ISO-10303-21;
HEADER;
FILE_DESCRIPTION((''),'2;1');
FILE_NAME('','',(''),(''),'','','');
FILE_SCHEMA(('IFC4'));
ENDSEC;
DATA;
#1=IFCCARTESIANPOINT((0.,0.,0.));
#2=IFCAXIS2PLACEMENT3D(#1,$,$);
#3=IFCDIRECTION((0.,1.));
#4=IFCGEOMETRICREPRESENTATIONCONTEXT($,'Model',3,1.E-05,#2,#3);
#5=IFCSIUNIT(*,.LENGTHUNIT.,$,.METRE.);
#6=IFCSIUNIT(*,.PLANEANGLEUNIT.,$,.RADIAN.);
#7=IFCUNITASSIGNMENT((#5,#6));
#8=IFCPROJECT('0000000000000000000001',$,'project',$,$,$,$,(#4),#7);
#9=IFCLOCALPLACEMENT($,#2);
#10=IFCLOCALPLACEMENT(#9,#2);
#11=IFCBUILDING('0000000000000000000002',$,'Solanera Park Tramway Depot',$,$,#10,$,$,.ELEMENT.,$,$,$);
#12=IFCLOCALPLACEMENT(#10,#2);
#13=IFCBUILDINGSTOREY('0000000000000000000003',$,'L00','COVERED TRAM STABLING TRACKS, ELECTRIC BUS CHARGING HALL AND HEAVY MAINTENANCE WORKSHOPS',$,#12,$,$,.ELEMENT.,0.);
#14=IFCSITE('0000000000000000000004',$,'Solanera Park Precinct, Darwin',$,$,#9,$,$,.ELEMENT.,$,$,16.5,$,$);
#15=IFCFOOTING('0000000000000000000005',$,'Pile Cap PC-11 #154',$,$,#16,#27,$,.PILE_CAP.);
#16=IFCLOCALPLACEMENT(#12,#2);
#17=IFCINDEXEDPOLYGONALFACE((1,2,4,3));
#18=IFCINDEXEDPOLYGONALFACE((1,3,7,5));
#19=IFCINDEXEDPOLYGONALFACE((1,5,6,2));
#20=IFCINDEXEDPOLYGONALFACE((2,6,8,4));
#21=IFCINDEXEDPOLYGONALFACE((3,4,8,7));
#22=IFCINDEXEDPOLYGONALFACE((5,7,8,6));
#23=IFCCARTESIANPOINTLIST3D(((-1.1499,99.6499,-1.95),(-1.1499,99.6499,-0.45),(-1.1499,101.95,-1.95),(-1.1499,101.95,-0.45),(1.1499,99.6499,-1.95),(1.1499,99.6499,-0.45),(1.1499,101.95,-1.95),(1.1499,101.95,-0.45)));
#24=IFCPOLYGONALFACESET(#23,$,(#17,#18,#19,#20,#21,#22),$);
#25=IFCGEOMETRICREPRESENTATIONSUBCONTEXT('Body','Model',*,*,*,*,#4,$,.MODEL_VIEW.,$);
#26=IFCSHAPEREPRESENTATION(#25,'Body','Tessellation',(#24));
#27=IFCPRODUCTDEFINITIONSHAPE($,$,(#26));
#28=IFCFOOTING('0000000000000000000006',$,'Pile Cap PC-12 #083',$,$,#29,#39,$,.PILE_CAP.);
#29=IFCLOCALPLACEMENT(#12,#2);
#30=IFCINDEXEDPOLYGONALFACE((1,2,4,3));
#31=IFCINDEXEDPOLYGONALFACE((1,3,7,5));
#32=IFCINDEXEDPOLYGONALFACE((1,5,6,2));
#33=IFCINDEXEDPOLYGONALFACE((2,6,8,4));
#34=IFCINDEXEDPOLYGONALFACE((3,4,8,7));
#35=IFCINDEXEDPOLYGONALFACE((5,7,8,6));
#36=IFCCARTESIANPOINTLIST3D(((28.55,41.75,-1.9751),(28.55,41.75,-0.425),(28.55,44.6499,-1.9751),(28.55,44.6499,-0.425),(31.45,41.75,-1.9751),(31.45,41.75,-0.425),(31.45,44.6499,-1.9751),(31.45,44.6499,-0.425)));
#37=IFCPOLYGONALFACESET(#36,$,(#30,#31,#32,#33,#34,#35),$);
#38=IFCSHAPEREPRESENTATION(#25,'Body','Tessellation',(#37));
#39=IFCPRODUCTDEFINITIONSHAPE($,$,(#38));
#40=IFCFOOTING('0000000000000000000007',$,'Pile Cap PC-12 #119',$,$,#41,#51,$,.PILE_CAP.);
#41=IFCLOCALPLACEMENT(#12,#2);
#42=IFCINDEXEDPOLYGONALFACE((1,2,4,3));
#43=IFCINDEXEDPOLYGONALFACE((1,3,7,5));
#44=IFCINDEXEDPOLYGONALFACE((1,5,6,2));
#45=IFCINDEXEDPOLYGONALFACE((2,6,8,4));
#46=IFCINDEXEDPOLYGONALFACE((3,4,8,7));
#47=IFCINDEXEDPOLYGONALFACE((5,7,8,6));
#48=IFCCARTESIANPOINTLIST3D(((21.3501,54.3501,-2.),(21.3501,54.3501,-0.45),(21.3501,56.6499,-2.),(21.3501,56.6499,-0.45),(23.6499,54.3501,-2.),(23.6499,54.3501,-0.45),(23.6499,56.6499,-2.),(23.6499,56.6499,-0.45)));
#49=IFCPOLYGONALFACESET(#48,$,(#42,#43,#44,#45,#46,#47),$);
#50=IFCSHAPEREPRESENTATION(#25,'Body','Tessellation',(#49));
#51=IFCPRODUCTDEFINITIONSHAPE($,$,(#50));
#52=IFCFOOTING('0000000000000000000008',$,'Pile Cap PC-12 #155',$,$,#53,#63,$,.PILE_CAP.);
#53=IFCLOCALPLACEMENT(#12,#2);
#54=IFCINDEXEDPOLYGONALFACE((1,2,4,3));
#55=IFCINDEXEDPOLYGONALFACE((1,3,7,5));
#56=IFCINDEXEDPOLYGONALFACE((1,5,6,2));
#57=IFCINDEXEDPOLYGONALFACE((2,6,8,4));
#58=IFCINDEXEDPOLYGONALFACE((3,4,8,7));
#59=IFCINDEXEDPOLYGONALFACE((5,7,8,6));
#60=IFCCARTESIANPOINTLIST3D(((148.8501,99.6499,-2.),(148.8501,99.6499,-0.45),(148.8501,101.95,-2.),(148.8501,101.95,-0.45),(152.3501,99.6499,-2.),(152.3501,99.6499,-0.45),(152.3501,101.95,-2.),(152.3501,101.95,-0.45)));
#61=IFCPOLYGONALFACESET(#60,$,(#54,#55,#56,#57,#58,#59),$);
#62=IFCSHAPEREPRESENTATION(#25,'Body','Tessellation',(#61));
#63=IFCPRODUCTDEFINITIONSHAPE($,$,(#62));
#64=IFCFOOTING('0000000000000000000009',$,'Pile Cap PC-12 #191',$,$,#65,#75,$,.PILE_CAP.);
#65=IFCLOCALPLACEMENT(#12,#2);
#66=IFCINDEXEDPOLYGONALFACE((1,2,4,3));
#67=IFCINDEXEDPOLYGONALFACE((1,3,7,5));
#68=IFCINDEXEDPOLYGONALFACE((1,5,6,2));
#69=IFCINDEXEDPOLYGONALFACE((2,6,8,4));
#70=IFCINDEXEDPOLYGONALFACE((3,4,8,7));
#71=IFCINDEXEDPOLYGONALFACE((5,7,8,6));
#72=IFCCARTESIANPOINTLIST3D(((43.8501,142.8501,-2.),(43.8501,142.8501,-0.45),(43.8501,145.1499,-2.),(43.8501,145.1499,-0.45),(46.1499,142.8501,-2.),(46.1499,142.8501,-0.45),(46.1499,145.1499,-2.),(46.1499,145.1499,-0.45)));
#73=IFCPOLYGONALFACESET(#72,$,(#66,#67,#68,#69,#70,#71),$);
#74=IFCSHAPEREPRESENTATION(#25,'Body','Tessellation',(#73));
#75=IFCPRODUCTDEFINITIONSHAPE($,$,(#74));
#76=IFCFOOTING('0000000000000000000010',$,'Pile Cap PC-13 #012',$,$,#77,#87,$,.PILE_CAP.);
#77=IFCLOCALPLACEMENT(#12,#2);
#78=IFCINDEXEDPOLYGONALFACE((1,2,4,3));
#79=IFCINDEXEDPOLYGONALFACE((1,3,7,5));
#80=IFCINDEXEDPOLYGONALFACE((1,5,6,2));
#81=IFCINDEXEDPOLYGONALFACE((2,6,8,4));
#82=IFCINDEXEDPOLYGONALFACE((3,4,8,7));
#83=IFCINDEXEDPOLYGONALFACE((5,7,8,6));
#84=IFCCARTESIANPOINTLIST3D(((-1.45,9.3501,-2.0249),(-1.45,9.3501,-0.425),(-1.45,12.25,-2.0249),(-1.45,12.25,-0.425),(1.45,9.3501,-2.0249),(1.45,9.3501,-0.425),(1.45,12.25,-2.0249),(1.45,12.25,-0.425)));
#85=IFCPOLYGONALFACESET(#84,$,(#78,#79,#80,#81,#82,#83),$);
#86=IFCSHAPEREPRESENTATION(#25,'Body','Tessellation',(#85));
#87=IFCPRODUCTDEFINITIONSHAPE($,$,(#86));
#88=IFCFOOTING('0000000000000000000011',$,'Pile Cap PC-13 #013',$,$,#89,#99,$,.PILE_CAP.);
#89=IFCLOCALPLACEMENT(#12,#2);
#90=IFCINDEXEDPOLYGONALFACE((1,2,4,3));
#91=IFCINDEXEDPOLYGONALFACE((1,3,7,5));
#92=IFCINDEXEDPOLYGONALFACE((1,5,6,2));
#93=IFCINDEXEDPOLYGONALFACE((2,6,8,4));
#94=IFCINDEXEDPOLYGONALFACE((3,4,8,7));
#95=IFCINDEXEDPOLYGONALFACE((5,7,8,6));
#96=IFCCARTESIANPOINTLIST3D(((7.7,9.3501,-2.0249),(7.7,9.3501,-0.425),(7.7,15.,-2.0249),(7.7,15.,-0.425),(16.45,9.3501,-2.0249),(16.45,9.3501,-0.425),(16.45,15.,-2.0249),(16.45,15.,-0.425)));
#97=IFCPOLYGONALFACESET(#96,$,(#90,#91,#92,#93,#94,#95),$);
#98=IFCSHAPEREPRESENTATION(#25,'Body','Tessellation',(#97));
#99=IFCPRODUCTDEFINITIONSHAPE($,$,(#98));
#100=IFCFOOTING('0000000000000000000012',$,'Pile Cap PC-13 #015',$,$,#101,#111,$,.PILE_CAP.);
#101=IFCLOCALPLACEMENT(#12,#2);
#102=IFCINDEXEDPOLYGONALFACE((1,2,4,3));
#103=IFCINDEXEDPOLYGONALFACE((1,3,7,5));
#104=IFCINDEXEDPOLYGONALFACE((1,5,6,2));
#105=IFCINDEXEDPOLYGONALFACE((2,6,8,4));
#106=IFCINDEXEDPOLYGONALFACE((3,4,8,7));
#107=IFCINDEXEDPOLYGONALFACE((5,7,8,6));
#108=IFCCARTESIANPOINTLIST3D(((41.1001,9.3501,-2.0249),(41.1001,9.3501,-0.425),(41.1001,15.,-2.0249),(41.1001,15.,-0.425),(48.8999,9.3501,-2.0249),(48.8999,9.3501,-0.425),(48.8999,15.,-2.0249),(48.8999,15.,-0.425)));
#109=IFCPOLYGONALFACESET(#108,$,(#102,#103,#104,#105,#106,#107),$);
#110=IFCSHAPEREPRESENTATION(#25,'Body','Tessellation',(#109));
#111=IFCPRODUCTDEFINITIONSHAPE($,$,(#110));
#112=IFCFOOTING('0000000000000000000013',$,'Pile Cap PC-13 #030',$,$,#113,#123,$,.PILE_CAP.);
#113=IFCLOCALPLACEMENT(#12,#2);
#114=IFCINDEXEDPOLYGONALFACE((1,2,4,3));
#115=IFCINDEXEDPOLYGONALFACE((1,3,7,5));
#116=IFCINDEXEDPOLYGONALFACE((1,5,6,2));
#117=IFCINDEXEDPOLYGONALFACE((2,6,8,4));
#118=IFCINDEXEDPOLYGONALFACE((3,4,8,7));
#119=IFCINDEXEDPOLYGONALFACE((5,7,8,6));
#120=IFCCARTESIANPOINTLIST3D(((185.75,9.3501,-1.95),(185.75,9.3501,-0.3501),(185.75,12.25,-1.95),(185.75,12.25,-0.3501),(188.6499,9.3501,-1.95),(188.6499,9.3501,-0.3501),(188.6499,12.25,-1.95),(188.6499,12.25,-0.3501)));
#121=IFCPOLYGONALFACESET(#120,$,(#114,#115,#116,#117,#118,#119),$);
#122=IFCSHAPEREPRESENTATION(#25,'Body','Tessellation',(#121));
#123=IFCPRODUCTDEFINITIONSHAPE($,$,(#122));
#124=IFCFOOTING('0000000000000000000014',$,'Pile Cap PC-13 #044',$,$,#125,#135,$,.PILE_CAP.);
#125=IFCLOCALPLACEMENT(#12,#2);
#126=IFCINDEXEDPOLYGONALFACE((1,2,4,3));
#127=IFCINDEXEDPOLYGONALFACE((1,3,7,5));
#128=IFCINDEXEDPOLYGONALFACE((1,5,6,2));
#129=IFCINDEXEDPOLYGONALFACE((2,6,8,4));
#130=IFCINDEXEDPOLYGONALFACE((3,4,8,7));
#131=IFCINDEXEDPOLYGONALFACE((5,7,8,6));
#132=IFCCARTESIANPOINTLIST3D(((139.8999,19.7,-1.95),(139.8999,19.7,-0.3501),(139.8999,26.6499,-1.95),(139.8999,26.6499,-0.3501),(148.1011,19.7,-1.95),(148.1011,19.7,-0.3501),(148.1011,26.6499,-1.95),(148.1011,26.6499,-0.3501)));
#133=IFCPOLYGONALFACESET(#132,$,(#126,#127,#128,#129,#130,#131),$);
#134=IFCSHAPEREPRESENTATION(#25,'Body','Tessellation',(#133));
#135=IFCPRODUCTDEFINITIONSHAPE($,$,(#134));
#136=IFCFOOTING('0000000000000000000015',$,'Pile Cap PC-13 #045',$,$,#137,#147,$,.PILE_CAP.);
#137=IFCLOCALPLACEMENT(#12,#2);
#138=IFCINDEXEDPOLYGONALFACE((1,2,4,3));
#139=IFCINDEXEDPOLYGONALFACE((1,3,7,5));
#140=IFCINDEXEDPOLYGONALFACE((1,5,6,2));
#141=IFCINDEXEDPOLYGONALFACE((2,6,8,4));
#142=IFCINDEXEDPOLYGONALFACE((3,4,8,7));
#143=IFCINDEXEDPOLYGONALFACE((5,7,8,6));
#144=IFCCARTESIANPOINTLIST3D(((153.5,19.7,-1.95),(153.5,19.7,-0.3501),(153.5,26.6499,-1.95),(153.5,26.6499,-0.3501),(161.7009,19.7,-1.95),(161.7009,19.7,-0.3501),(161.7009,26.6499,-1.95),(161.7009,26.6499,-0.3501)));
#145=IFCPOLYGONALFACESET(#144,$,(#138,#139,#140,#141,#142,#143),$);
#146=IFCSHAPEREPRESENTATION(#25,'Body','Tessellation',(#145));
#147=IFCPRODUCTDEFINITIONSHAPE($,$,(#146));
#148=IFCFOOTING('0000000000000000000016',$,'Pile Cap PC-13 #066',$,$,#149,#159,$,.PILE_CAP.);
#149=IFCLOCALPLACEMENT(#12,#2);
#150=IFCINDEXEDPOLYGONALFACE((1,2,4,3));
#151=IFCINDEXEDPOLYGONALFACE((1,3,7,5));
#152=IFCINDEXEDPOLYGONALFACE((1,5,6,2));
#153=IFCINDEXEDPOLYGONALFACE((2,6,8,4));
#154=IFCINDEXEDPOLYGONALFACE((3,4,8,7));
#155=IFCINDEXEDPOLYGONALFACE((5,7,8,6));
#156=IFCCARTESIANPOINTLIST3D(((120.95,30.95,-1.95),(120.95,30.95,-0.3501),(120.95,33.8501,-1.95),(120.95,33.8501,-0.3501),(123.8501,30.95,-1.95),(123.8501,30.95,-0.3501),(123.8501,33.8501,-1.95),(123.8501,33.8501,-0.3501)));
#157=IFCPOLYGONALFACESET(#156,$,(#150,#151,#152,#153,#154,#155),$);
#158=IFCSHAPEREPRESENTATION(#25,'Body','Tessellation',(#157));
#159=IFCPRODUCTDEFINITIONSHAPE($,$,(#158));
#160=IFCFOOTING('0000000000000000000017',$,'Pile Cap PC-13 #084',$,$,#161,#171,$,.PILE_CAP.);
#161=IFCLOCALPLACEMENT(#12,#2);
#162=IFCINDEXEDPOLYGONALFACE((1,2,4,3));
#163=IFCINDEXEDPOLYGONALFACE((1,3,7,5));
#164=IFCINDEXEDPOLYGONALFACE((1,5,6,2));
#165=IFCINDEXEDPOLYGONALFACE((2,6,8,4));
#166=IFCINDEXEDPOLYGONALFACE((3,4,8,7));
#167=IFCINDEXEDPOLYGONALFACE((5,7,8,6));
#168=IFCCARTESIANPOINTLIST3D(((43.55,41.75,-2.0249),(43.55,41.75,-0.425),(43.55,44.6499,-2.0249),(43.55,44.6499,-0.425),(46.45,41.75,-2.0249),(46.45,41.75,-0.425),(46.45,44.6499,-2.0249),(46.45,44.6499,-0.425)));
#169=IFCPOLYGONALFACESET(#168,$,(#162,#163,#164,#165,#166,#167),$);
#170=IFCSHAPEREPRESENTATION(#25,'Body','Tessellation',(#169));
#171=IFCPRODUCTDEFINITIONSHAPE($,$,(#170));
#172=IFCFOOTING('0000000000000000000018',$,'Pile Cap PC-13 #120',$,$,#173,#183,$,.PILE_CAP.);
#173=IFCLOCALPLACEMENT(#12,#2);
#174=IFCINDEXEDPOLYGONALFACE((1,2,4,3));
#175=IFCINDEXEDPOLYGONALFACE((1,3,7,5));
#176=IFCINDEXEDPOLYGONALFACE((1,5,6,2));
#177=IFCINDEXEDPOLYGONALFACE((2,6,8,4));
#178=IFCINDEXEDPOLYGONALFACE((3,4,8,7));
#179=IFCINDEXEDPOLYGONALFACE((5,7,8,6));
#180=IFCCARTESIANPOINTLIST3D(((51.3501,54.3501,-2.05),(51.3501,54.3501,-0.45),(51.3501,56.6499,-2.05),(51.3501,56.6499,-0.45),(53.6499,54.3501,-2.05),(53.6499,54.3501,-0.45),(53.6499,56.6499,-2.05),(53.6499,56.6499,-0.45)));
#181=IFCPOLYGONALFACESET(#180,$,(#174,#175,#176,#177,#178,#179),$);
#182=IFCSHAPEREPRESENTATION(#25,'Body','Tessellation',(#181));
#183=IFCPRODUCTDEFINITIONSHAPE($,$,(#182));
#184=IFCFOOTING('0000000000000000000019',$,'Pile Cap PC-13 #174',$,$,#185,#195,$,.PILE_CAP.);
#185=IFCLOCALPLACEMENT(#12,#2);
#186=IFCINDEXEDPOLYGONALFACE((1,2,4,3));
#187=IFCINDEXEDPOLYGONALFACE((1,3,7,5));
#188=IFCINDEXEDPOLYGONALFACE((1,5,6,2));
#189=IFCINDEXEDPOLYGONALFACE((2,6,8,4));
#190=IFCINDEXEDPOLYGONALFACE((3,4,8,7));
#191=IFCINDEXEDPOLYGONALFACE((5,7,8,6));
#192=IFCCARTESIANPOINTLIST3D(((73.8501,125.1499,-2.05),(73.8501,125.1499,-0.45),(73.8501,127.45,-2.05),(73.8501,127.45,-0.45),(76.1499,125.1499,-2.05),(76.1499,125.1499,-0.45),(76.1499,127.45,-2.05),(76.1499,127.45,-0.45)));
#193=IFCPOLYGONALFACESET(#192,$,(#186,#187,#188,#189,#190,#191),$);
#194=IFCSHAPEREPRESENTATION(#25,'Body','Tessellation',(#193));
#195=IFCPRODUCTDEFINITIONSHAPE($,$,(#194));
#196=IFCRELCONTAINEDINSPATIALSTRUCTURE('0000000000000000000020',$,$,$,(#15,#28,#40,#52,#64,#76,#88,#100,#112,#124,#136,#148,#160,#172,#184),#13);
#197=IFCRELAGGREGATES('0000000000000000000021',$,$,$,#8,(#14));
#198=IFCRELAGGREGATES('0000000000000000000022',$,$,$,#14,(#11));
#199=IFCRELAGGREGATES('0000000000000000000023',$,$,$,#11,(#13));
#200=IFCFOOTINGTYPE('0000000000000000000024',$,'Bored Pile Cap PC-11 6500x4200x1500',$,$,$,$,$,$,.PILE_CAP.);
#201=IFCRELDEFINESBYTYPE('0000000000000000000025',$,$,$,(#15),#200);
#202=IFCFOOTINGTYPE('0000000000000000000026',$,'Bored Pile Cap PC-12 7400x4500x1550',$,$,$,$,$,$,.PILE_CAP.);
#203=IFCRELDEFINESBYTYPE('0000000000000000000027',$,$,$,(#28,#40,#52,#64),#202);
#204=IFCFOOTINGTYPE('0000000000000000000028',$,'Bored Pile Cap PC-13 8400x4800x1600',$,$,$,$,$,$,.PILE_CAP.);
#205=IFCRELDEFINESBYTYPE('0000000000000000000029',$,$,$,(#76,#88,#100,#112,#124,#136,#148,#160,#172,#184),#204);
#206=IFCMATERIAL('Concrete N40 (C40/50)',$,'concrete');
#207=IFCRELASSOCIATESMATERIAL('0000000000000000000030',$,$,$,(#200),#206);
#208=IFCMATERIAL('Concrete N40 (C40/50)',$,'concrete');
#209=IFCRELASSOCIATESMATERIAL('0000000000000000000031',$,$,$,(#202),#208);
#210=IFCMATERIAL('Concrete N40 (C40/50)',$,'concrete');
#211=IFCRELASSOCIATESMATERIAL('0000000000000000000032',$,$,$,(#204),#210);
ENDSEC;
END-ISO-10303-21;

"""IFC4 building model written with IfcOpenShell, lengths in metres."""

from ifc_helpers import new_model, si_unit, direction, frame, origin, place, context, subcontext, project, spatial, polyline, outline, extrude, material, type_object, element, save


model = new_model("IFC4")

# Units and contexts
model_context = context("Model", 3, precision=1e-05, world=origin(), true_north=direction((0.0, 1.0)))
body_context = subcontext(model_context, "Body", "Model", "MODEL_VIEW")
ifc_project = project(units=[si_unit("LENGTHUNIT", "METRE"), si_unit("PLANEANGLEUNIT", "RADIAN")], contexts=[model_context])

# Site, building, storey
site_placement = place(None, origin())
site = spatial("IfcSite", under=ifc_project, at=site_placement, Name="Solanera Park Precinct, Darwin", CompositionType="ELEMENT", RefElevation=16.5)
building_placement = place(site_placement, origin())
building = spatial("IfcBuilding", under=site, at=building_placement, Name="Solanera Park Tramway Depot", CompositionType="ELEMENT")
storey_placement = place(building_placement, origin())
storey = spatial("IfcBuildingStorey", under=building, at=storey_placement, Name="L00", Description="COVERED TRAM STABLING TRACKS, ELECTRIC BUS CHARGING HALL AND HEAVY MAINTENANCE WORKSHOPS", CompositionType="ELEMENT", Elevation=0.0)

# Footings
ifc_material_1 = material(Name="Concrete N40 (C40/50)", Category="concrete")
footing_type_1 = type_object("IfcFootingType", Name="Bored Pile Cap PC-11 6500x4200x1500", PredefinedType="PILE_CAP", material=ifc_material_1)
footing_1_placement = place(storey_placement, frame((0.0, 0.0, -1.95)))
element("IfcFooting", 1, at=footing_1_placement, inside=storey, type_object=footing_type_1, Name="Pile Cap PC-11 #154", PredefinedType="PILE_CAP", context=body_context, shape_type="SweptSolid", body=[
    extrude(outline(polyline([(1.1499, 99.6499), (1.1499, 101.95), (-1.1499, 101.95), (-1.1499, 99.6499), (1.1499, 99.6499)])), origin(), (0.0, 0.0, 1.0), 1.5),
])
ifc_material_2 = material(Name="Concrete N40 (C40/50)", Category="concrete")
footing_type_2 = type_object("IfcFootingType", Name="Bored Pile Cap PC-12 7400x4500x1550", PredefinedType="PILE_CAP", material=ifc_material_2)
footing_2_placement = place(storey_placement, frame((0.0, 0.0, -1.9751)))
element("IfcFooting", 2, at=footing_2_placement, inside=storey, type_object=footing_type_2, Name="Pile Cap PC-12 #083", PredefinedType="PILE_CAP", context=body_context, shape_type="SweptSolid", body=[
    extrude(outline(polyline([(31.45, 41.75), (31.45, 44.6499), (28.55, 44.6499), (28.55, 41.75), (31.45, 41.75)])), origin(), (0.0, 0.0, 1.0), 1.55),
])
footing_3_placement = place(storey_placement, frame((0.0, 0.0, -2.0)))
element("IfcFooting", 3, at=footing_3_placement, inside=storey, type_object=footing_type_2, Name="Pile Cap PC-12 #119", PredefinedType="PILE_CAP", context=body_context, shape_type="SweptSolid", body=[
    extrude(outline(polyline([(23.6499, 54.3501), (23.6499, 56.6499), (21.3501, 56.6499), (21.3501, 54.3501), (23.6499, 54.3501)])), origin(), (0.0, 0.0, 1.0), 1.55),
])
footing_4_placement = place(storey_placement, frame((0.0, 0.0, -2.0)))
element("IfcFooting", 4, at=footing_4_placement, inside=storey, type_object=footing_type_2, Name="Pile Cap PC-12 #155", PredefinedType="PILE_CAP", context=body_context, shape_type="SweptSolid", body=[
    extrude(outline(polyline([(152.3501, 99.6499), (152.3501, 101.95), (148.8501, 101.95), (148.8501, 99.6499), (152.3501, 99.6499)])), origin(), (0.0, 0.0, 1.0), 1.55),
])
footing_5_placement = place(storey_placement, frame((0.0, 0.0, -2.0)))
element("IfcFooting", 5, at=footing_5_placement, inside=storey, type_object=footing_type_2, Name="Pile Cap PC-12 #191", PredefinedType="PILE_CAP", context=body_context, shape_type="SweptSolid", body=[
    extrude(outline(polyline([(46.1499, 142.8501), (46.1499, 145.1499), (43.8501, 145.1499), (43.8501, 142.8501), (46.1499, 142.8501)])), origin(), (0.0, 0.0, 1.0), 1.55),
])
ifc_material_3 = material(Name="Concrete N40 (C40/50)", Category="concrete")
footing_type_3 = type_object("IfcFootingType", Name="Bored Pile Cap PC-13 8400x4800x1600", PredefinedType="PILE_CAP", material=ifc_material_3)
footing_6_placement = place(storey_placement, frame((0.0, 0.0, -2.0249)))
element("IfcFooting", 6, at=footing_6_placement, inside=storey, type_object=footing_type_3, Name="Pile Cap PC-13 #012", PredefinedType="PILE_CAP", context=body_context, shape_type="SweptSolid", body=[
    extrude(outline(polyline([(1.45, 9.3501), (1.45, 12.25), (-1.45, 12.25), (-1.45, 9.3501), (1.45, 9.3501)])), origin(), (0.0, 0.0, 1.0), 1.5999),
])
footing_7_placement = place(storey_placement, frame((0.0, 0.0, -2.0249)))
element("IfcFooting", 7, at=footing_7_placement, inside=storey, type_object=footing_type_3, Name="Pile Cap PC-13 #013", PredefinedType="PILE_CAP", context=body_context, shape_type="SweptSolid", body=[
    extrude(outline(polyline([(16.45, 9.3501), (16.45, 15.0), (7.7, 15.0), (7.7, 9.3501), (16.45, 9.3501)])), origin(), (0.0, 0.0, 1.0), 1.5999),
])
footing_8_placement = place(storey_placement, frame((0.0, 0.0, -2.0249)))
element("IfcFooting", 8, at=footing_8_placement, inside=storey, type_object=footing_type_3, Name="Pile Cap PC-13 #015", PredefinedType="PILE_CAP", context=body_context, shape_type="SweptSolid", body=[
    extrude(outline(polyline([(48.8999, 9.3501), (48.8999, 15.0), (41.1001, 15.0), (41.1001, 9.3501), (48.8999, 9.3501)])), origin(), (0.0, 0.0, 1.0), 1.5999),
])
footing_9_placement = place(storey_placement, frame((0.0, 0.0, -1.95)))
element("IfcFooting", 9, at=footing_9_placement, inside=storey, type_object=footing_type_3, Name="Pile Cap PC-13 #030", PredefinedType="PILE_CAP", context=body_context, shape_type="SweptSolid", body=[
    extrude(outline(polyline([(188.6499, 9.3501), (188.6499, 12.25), (185.75, 12.25), (185.75, 9.3501), (188.6499, 9.3501)])), origin(), (0.0, 0.0, 1.0), 1.5999),
])
footing_10_placement = place(storey_placement, frame((0.0, 0.0, -1.95)))
element("IfcFooting", 10, at=footing_10_placement, inside=storey, type_object=footing_type_3, Name="Pile Cap PC-13 #044", PredefinedType="PILE_CAP", context=body_context, shape_type="SweptSolid", body=[
    extrude(outline(polyline([(148.1011, 19.7), (148.1011, 26.6499), (139.8999, 26.6499), (139.8999, 19.7), (148.1011, 19.7)])), origin(), (0.0, 0.0, 1.0), 1.5999),
])
footing_11_placement = place(storey_placement, frame((0.0, 0.0, -1.95)))
element("IfcFooting", 11, at=footing_11_placement, inside=storey, type_object=footing_type_3, Name="Pile Cap PC-13 #045", PredefinedType="PILE_CAP", context=body_context, shape_type="SweptSolid", body=[
    extrude(outline(polyline([(161.7009, 19.7), (161.7009, 26.6499), (153.5, 26.6499), (153.5, 19.7), (161.7009, 19.7)])), origin(), (0.0, 0.0, 1.0), 1.5999),
])
footing_12_placement = place(storey_placement, frame((0.0, 0.0, -1.95)))
element("IfcFooting", 12, at=footing_12_placement, inside=storey, type_object=footing_type_3, Name="Pile Cap PC-13 #066", PredefinedType="PILE_CAP", context=body_context, shape_type="SweptSolid", body=[
    extrude(outline(polyline([(123.8501, 30.95), (123.8501, 33.8501), (120.95, 33.8501), (120.95, 30.95), (123.8501, 30.95)])), origin(), (0.0, 0.0, 1.0), 1.5999),
])
footing_13_placement = place(storey_placement, frame((0.0, 0.0, -2.0249)))
element("IfcFooting", 13, at=footing_13_placement, inside=storey, type_object=footing_type_3, Name="Pile Cap PC-13 #084", PredefinedType="PILE_CAP", context=body_context, shape_type="SweptSolid", body=[
    extrude(outline(polyline([(46.45, 41.75), (46.45, 44.6499), (43.55, 44.6499), (43.55, 41.75), (46.45, 41.75)])), origin(), (0.0, 0.0, 1.0), 1.5999),
])
footing_14_placement = place(storey_placement, frame((0.0, 0.0, -2.05)))
element("IfcFooting", 14, at=footing_14_placement, inside=storey, type_object=footing_type_3, Name="Pile Cap PC-13 #120", PredefinedType="PILE_CAP", context=body_context, shape_type="SweptSolid", body=[
    extrude(outline(polyline([(53.6499, 54.3501), (53.6499, 56.6499), (51.3501, 56.6499), (51.3501, 54.3501), (53.6499, 54.3501)])), origin(), (0.0, 0.0, 1.0), 1.6001),
])
footing_15_placement = place(storey_placement, frame((0.0, 0.0, -2.05)))
element("IfcFooting", 15, at=footing_15_placement, inside=storey, type_object=footing_type_3, Name="Pile Cap PC-13 #174", PredefinedType="PILE_CAP", context=body_context, shape_type="SweptSolid", body=[
    extrude(outline(polyline([(76.1499, 125.1499), (76.1499, 127.45), (73.8501, 127.45), (73.8501, 125.1499), (76.1499, 125.1499)])), origin(), (0.0, 0.0, 1.0), 1.6001),
])

save(model, "model.ifc")
